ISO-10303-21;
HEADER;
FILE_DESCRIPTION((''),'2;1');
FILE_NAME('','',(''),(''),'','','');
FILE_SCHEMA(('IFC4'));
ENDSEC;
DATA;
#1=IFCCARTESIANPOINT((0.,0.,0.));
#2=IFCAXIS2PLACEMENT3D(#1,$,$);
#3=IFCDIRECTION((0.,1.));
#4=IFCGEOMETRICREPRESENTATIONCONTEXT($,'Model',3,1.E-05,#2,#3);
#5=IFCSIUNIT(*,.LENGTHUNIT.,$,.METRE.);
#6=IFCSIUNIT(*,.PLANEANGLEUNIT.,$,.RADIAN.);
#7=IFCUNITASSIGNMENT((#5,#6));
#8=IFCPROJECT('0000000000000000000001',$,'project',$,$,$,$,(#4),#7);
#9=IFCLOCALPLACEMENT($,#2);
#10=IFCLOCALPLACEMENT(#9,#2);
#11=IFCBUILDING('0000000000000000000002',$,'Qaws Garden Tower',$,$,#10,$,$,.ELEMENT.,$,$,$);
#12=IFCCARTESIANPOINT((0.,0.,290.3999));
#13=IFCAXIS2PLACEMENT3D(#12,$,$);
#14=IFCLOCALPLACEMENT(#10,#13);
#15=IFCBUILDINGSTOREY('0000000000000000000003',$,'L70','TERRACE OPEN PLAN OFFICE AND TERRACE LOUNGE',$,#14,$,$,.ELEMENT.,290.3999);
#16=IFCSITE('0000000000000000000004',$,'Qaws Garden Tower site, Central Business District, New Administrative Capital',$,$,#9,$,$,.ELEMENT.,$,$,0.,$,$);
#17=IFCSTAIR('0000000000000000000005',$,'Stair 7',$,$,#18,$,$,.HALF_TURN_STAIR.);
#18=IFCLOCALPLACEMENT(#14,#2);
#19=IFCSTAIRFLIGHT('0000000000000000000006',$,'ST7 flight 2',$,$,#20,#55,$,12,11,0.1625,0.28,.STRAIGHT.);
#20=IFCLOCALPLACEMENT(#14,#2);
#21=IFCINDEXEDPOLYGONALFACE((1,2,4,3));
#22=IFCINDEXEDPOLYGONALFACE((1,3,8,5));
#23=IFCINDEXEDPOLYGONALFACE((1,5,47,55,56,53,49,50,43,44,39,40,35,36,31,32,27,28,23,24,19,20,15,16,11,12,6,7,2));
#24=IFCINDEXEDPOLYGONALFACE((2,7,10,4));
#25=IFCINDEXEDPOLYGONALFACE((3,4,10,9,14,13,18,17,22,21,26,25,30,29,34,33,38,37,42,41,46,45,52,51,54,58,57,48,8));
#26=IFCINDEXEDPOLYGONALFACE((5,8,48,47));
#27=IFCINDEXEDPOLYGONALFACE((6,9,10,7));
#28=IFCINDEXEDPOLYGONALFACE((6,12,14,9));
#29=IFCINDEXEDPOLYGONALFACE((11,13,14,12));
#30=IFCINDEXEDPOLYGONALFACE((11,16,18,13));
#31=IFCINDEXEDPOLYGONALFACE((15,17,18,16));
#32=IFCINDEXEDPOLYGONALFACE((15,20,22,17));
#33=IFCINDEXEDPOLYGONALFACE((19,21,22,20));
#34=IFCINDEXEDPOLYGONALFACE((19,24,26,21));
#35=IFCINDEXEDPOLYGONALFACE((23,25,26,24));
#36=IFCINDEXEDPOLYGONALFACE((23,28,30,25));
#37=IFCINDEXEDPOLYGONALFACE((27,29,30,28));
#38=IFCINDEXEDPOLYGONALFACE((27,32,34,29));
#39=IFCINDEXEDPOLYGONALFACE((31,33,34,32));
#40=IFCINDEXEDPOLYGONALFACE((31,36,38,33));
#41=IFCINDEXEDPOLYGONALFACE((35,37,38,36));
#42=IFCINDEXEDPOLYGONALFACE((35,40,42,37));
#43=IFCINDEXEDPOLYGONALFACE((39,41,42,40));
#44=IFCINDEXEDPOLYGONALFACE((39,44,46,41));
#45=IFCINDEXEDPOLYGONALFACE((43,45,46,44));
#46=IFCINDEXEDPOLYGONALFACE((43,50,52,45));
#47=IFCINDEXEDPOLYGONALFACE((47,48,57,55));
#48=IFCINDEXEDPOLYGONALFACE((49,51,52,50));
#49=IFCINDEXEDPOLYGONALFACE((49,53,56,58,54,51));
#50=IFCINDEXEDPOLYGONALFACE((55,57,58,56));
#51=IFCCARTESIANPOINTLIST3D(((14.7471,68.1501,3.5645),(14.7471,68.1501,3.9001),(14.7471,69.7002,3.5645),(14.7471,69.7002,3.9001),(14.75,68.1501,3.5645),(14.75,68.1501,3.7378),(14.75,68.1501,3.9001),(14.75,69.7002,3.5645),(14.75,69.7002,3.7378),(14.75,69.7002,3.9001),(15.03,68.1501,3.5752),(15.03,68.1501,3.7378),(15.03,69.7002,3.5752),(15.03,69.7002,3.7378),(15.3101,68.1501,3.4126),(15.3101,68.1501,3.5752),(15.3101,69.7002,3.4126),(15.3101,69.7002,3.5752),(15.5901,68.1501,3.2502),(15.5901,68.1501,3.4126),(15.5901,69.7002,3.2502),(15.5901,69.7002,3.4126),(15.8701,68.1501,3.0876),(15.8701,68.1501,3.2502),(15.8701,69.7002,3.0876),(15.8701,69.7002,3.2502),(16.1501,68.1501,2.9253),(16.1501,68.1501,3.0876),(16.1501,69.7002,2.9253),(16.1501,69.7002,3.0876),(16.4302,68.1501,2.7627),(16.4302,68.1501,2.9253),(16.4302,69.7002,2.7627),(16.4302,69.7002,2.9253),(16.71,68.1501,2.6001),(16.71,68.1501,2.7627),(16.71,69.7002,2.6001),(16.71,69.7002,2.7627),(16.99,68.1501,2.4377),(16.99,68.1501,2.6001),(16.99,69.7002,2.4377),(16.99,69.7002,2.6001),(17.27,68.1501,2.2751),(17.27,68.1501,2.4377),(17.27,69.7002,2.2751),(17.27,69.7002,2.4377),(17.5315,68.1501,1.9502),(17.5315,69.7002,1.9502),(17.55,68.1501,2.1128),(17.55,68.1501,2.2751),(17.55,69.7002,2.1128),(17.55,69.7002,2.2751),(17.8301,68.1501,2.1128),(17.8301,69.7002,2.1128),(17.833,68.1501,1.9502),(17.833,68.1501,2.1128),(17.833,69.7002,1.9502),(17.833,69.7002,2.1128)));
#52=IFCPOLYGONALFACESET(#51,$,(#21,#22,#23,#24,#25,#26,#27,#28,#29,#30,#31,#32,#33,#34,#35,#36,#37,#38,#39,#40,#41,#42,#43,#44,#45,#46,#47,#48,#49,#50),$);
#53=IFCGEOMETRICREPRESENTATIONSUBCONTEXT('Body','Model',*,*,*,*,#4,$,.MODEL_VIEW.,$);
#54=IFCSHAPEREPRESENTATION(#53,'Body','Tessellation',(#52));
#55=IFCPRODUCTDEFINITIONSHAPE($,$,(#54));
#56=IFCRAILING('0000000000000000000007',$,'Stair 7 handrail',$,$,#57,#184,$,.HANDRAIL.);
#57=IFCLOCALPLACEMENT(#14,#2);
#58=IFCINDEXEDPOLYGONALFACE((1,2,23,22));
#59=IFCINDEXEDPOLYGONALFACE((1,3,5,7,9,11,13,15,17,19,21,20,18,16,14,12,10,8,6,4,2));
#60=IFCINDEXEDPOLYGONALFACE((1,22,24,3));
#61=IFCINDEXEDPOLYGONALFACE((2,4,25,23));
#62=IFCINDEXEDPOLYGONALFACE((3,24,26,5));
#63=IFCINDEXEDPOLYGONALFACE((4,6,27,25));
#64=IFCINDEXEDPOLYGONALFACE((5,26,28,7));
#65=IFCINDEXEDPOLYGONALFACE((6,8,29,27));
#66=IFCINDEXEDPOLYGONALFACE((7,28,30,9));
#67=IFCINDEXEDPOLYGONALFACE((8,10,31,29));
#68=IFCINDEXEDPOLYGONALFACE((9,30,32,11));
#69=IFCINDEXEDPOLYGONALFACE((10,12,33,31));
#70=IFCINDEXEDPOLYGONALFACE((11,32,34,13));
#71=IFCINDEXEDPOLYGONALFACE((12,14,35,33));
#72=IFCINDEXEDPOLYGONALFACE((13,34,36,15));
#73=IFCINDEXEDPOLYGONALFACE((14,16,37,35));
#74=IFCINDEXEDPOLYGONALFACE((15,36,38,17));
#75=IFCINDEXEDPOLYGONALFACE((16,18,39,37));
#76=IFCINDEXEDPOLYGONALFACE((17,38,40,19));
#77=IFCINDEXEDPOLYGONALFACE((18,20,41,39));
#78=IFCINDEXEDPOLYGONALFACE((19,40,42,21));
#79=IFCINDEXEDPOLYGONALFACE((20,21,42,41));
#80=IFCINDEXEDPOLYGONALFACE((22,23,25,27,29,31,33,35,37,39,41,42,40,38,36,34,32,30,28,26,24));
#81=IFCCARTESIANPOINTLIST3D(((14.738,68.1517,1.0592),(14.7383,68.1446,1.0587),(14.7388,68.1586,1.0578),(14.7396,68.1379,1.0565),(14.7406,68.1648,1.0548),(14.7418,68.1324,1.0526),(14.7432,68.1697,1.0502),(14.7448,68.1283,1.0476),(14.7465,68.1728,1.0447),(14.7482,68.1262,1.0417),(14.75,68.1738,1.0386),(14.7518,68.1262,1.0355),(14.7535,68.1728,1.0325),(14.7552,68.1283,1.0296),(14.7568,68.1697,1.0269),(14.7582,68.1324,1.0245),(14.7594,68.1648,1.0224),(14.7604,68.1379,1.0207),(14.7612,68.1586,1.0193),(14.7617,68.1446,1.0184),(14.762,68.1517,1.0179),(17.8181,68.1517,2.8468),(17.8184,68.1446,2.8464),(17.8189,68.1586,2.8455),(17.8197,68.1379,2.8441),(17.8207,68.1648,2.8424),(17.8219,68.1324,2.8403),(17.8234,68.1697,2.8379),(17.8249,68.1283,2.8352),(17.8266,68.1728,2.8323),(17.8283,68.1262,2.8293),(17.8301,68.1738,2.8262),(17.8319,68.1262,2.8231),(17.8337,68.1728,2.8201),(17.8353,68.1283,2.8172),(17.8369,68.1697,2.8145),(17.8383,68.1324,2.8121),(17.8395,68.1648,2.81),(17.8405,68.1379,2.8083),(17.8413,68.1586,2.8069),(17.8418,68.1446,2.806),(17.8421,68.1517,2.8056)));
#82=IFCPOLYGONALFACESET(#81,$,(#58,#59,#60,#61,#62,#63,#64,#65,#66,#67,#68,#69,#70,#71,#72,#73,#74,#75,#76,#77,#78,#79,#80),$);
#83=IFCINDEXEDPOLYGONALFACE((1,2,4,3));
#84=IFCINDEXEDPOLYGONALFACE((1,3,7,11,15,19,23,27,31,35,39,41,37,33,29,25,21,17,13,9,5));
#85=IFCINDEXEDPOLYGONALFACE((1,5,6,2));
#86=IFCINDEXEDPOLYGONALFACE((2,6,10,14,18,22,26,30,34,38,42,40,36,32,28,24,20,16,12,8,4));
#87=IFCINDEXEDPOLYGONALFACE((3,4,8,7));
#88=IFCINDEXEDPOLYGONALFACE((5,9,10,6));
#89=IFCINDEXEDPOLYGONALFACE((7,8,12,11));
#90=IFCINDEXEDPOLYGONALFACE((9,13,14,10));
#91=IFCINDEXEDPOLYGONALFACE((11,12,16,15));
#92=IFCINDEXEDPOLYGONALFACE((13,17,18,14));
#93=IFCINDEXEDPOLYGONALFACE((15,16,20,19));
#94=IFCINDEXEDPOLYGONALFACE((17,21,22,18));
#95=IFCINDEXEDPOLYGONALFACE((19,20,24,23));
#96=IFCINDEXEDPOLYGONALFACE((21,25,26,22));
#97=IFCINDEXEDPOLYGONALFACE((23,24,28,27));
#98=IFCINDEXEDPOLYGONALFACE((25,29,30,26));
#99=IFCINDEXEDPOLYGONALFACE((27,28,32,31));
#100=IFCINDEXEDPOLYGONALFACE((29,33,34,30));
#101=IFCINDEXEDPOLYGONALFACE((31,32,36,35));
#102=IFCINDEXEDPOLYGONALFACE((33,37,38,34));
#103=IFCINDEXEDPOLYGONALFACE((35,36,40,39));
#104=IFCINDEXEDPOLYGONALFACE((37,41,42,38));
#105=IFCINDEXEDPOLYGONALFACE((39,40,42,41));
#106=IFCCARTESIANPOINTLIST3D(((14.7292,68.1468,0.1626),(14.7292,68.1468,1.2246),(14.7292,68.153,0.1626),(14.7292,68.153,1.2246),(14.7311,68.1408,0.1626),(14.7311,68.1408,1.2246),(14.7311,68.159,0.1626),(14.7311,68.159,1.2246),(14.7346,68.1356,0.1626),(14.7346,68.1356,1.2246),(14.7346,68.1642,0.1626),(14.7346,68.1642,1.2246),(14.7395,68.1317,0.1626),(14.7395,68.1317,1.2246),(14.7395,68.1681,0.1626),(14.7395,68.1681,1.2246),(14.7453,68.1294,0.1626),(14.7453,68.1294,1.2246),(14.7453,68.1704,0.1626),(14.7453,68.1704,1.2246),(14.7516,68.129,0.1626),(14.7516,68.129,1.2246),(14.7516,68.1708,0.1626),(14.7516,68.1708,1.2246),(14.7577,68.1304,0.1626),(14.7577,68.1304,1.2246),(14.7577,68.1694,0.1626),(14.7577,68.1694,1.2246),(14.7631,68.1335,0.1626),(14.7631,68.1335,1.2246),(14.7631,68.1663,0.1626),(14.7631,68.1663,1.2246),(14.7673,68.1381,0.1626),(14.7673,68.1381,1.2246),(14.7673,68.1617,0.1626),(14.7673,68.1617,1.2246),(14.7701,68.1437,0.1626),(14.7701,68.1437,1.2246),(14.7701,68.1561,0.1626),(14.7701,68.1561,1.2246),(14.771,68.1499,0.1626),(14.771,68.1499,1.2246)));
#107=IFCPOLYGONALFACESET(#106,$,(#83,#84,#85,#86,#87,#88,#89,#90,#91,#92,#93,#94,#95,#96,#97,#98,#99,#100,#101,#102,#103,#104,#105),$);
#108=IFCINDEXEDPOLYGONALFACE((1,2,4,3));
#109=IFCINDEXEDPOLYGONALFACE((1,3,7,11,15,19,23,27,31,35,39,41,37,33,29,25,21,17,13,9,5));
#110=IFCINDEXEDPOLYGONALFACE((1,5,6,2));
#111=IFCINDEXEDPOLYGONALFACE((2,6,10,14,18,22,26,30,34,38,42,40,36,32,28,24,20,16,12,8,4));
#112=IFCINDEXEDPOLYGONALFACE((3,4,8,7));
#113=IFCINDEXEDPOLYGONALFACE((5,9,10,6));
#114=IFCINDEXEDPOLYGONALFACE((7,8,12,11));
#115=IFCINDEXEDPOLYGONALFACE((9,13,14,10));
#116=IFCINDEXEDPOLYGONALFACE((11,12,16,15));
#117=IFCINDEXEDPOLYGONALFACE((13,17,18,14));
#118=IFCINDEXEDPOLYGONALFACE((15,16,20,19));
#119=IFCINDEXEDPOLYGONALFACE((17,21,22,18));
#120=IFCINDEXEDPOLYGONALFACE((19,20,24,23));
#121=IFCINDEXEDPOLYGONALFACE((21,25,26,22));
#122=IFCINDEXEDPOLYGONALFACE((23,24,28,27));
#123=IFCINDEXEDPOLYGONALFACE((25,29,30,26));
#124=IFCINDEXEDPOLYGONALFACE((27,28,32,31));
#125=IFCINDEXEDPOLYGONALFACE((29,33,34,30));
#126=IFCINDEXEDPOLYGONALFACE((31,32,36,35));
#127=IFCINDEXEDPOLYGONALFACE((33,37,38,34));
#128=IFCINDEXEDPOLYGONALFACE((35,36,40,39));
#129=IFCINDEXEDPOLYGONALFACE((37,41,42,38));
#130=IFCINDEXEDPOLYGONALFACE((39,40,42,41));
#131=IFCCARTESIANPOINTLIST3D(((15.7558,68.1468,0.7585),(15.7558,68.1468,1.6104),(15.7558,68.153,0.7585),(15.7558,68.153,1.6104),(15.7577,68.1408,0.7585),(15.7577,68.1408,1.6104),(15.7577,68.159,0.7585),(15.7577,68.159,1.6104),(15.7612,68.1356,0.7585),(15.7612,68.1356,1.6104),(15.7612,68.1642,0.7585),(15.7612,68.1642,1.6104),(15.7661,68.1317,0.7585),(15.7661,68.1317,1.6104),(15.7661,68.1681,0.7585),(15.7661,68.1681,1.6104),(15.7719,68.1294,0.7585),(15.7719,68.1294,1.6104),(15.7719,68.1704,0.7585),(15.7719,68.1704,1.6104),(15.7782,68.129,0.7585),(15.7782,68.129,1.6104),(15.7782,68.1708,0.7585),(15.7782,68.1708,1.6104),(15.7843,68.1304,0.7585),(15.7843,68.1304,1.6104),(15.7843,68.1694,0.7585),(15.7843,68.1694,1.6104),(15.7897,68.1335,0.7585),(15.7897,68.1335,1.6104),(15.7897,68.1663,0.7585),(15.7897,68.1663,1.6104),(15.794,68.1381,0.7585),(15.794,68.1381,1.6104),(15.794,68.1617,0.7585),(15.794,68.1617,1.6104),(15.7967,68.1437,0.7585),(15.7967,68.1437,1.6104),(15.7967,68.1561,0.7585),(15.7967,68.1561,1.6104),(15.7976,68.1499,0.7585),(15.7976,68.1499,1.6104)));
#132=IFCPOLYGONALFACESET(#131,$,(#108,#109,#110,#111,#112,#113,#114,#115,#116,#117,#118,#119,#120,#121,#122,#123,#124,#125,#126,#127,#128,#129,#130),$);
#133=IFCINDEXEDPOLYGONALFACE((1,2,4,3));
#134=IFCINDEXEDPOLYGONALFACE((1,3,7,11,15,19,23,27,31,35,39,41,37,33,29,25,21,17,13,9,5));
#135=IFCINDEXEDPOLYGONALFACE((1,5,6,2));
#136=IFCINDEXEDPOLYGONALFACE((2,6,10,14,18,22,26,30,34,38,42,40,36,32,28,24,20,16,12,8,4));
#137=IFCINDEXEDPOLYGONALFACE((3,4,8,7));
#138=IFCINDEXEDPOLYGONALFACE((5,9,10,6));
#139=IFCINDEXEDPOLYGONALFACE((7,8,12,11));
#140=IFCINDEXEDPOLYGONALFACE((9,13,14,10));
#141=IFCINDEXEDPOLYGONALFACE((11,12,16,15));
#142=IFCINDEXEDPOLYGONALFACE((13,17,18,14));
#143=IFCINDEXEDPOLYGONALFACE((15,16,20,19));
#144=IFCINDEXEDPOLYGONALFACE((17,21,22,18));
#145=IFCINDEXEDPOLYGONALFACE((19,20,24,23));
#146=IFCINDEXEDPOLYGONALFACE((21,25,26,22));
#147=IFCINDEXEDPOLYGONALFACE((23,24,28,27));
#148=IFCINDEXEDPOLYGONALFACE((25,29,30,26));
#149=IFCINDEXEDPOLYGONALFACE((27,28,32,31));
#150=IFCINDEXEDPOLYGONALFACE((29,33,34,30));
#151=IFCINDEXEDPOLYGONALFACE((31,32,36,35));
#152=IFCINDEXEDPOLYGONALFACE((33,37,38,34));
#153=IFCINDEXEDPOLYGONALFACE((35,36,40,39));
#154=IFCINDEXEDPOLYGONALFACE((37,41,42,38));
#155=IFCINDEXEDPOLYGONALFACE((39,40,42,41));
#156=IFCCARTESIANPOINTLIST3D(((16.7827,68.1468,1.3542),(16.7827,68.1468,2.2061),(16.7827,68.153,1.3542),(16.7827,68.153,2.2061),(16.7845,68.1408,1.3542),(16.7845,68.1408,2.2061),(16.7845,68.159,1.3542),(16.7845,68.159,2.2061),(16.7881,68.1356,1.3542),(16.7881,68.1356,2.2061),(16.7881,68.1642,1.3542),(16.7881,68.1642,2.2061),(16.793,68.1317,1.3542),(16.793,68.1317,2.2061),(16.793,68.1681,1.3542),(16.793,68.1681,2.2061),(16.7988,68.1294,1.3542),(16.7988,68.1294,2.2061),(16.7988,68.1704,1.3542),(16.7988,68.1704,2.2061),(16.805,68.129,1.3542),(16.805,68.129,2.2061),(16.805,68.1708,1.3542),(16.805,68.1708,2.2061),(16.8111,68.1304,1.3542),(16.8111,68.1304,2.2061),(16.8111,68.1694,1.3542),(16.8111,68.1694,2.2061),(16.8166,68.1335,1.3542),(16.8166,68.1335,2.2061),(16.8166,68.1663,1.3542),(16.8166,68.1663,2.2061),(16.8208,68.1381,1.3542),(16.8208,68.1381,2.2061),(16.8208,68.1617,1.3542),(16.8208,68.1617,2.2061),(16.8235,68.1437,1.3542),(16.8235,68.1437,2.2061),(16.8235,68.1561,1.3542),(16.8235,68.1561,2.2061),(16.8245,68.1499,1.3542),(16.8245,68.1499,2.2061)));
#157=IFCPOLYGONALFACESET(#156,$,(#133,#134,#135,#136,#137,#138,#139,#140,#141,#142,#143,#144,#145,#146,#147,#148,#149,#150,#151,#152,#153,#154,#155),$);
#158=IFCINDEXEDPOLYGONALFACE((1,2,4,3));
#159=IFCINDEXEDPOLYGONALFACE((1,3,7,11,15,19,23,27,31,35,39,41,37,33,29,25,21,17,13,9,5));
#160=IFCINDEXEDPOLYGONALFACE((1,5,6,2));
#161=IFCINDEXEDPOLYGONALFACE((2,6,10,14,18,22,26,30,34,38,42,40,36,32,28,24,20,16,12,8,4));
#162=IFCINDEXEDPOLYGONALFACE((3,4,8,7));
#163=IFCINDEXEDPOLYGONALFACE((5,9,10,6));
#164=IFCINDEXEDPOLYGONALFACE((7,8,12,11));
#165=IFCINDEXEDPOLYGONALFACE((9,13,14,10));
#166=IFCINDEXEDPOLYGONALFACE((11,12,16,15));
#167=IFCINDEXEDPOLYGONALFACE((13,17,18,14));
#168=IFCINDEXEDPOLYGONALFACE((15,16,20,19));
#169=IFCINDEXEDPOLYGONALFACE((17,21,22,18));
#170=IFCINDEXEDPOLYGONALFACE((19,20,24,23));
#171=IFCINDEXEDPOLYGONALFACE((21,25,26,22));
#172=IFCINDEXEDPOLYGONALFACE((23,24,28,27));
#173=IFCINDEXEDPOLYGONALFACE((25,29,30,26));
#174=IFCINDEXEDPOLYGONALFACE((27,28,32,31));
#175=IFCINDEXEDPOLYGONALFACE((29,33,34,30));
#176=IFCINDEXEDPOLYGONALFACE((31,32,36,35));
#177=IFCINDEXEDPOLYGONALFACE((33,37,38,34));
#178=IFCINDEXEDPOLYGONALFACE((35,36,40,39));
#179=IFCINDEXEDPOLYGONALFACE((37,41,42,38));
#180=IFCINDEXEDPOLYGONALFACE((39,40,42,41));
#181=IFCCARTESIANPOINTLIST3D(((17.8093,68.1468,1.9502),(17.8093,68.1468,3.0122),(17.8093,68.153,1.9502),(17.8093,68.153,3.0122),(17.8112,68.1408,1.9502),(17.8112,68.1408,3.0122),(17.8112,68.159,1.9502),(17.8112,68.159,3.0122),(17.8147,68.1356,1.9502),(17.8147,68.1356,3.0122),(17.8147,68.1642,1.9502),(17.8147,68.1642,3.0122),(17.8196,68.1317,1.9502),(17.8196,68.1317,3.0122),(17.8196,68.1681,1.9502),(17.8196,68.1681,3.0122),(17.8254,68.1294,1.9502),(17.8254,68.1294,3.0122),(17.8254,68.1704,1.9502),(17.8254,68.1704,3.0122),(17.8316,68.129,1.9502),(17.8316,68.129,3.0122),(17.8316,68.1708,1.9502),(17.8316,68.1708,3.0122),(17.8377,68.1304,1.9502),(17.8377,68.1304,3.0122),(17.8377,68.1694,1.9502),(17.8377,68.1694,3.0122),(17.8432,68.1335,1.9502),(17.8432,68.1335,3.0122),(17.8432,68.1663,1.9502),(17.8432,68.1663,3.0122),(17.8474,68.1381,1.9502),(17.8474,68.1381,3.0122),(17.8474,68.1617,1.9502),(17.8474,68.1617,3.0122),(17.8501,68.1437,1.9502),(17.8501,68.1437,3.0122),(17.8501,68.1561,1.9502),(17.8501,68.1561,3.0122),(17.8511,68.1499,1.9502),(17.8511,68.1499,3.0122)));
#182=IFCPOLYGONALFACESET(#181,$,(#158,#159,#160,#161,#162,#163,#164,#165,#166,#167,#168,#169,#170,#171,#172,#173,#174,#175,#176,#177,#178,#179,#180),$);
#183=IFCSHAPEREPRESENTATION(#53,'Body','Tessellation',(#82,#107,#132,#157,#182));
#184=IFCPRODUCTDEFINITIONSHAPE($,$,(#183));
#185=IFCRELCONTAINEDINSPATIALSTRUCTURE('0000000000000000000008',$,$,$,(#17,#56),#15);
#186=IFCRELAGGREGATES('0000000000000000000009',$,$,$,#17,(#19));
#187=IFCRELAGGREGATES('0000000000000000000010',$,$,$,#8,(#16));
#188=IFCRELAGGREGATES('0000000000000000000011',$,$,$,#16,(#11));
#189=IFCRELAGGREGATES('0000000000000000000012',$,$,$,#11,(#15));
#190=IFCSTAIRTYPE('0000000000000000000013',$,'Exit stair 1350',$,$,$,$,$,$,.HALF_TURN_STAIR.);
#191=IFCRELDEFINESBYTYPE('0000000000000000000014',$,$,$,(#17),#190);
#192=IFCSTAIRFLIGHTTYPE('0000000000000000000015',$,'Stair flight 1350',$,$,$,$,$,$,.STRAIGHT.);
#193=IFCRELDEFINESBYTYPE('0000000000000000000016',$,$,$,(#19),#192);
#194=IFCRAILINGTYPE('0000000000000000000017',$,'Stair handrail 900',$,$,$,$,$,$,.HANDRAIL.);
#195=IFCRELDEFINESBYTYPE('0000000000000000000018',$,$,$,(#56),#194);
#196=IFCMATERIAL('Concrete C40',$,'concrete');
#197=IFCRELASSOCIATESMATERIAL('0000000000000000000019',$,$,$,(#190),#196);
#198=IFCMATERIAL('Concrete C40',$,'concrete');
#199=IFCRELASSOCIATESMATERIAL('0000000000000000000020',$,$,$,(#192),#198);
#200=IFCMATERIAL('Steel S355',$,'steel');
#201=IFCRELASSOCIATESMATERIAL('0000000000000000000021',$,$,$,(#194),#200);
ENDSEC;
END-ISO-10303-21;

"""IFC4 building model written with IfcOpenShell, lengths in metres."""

from ifc_helpers import new_model, si_unit, direction, frame, origin, origin_2d, place, context, subcontext, project, spatial, polyline, circle, outline, extrude, material, type_object, element, aggregate, save


model = new_model("IFC4")

# Units and contexts
model_context = context("Model", 3, precision=1e-05, world=origin(), true_north=direction((0.0, 1.0)))
body_context = subcontext(model_context, "Body", "Model", "MODEL_VIEW")
ifc_project = project(units=[si_unit("LENGTHUNIT", "METRE"), si_unit("PLANEANGLEUNIT", "RADIAN")], contexts=[model_context])

# Site, building, storey
site_placement = place(None, origin())
site = spatial("IfcSite", under=ifc_project, at=site_placement, Name="Qaws Garden Tower site, Central Business District, New Administrative Capital", CompositionType="ELEMENT", RefElevation=0.0)
building_placement = place(site_placement, origin())
building = spatial("IfcBuilding", under=site, at=building_placement, Name="Qaws Garden Tower", CompositionType="ELEMENT")
storey_placement = place(building_placement, frame((0.0, 0.0, 290.3999)))
storey = spatial("IfcBuildingStorey", under=building, at=storey_placement, Name="L70", Description="TERRACE OPEN PLAN OFFICE AND TERRACE LOUNGE", CompositionType="ELEMENT", Elevation=290.3999)

# Stair, stair flight
ifc_material_1 = material(Name="Concrete C40", Category="concrete")
stair_type = type_object("IfcStairType", Name="Exit stair 1350", PredefinedType="HALF_TURN_STAIR", material=ifc_material_1)
stair_placement = place(storey_placement, origin())
stair = element("IfcStair", 1, at=stair_placement, inside=storey, type_object=stair_type, Name="Stair 7", PredefinedType="HALF_TURN_STAIR")
ifc_material_2 = material(Name="Concrete C40", Category="concrete")
stair_flight_type = type_object("IfcStairFlightType", Name="Stair flight 1350", PredefinedType="STRAIGHT", material=ifc_material_2)
stair_flight_placement = place(storey_placement, frame((17.8301, 68.925, 1.9502), z_axis=(0.0, 0.0, 1.0), x_axis=(-1.0, 0.0, 0.0)))
stair_flight = element("IfcStairFlight", 2, at=stair_flight_placement, type_object=stair_flight_type, Name="ST7 flight 2", NumberOfRisers=12, NumberOfTreads=11, PredefinedType="STRAIGHT", RiserHeight=0.1625, TreadLength=0.28, context=body_context, shape_type="SweptSolid", body=[
    extrude(outline(polyline([(-0.0029, 0.0), (-0.0029, 0.1626), (0.0, 0.1626), (0.28, 0.1626), (0.28, 0.325), (0.5601, 0.325), (0.5601, 0.4875), (0.8401, 0.4875), (0.8401, 0.6499), (1.1201, 0.6499), (1.1201, 0.8125), (1.3999, 0.8125), (1.3999, 0.9751), (1.6799, 0.9751), (1.6799, 1.1375), (1.96, 1.1375), (1.96, 1.3), (2.24, 1.3), (2.24, 1.4624), (2.52, 1.4624), (2.52, 1.625), (2.8, 1.625), (2.8, 1.7876), (3.0801, 1.7876), (3.0801, 1.95), (3.083, 1.95), (3.083, 1.6143), (3.0801, 1.6143), (0.2986, 0.0), (-0.0029, 0.0)])), frame((0.0, 0.7749, 0.0), z_axis=(0.0, -1.0, 0.0), x_axis=(1.0, 0.0, 0.0)), (0.0, 0.0, 1.0), 1.55),
])
aggregate(stair, [stair_flight])

# Railing
ifc_material_3 = material(Name="Steel S355", Category="steel")
railing_type = type_object("IfcRailingType", Name="Stair handrail 900", PredefinedType="HANDRAIL", material=ifc_material_3)
railing_1_placement = place(storey_placement, frame((14.75, 68.1499, 0.1626)))
element("IfcRailing", 3, at=railing_1_placement, inside=storey, type_object=railing_type, Name="Stair 7 handrail", PredefinedType="HANDRAIL", context=body_context, shape_type="SweptSolid", body=[
    extrude(circle(Radius=0.0239, at=origin_2d()), frame((0.0, 0.0, 0.876), z_axis=(0.864891, 0.0, 0.50196), x_axis=(0.0, 1.0, 0.0)), (0.0, 0.0, 1.0), 3.5613),
    extrude(circle(Radius=0.021, at=origin_2d()), origin(), (0.0, 0.0, 1.0), 1.062),
    extrude(circle(Radius=0.021, at=origin_2d()), frame((1.0266, 0.0, 0.5959)), (0.0, 0.0, 1.0), 0.8518),
    extrude(circle(Radius=0.021, at=origin_2d()), frame((2.0535, 0.0, 1.1917)), (0.0, 0.0, 1.0), 0.8518),
    extrude(circle(Radius=0.021, at=origin_2d()), frame((3.0801, 0.0, 1.7876)), (0.0, 0.0, 1.0), 1.062),
])

save(model, "model.ifc")
